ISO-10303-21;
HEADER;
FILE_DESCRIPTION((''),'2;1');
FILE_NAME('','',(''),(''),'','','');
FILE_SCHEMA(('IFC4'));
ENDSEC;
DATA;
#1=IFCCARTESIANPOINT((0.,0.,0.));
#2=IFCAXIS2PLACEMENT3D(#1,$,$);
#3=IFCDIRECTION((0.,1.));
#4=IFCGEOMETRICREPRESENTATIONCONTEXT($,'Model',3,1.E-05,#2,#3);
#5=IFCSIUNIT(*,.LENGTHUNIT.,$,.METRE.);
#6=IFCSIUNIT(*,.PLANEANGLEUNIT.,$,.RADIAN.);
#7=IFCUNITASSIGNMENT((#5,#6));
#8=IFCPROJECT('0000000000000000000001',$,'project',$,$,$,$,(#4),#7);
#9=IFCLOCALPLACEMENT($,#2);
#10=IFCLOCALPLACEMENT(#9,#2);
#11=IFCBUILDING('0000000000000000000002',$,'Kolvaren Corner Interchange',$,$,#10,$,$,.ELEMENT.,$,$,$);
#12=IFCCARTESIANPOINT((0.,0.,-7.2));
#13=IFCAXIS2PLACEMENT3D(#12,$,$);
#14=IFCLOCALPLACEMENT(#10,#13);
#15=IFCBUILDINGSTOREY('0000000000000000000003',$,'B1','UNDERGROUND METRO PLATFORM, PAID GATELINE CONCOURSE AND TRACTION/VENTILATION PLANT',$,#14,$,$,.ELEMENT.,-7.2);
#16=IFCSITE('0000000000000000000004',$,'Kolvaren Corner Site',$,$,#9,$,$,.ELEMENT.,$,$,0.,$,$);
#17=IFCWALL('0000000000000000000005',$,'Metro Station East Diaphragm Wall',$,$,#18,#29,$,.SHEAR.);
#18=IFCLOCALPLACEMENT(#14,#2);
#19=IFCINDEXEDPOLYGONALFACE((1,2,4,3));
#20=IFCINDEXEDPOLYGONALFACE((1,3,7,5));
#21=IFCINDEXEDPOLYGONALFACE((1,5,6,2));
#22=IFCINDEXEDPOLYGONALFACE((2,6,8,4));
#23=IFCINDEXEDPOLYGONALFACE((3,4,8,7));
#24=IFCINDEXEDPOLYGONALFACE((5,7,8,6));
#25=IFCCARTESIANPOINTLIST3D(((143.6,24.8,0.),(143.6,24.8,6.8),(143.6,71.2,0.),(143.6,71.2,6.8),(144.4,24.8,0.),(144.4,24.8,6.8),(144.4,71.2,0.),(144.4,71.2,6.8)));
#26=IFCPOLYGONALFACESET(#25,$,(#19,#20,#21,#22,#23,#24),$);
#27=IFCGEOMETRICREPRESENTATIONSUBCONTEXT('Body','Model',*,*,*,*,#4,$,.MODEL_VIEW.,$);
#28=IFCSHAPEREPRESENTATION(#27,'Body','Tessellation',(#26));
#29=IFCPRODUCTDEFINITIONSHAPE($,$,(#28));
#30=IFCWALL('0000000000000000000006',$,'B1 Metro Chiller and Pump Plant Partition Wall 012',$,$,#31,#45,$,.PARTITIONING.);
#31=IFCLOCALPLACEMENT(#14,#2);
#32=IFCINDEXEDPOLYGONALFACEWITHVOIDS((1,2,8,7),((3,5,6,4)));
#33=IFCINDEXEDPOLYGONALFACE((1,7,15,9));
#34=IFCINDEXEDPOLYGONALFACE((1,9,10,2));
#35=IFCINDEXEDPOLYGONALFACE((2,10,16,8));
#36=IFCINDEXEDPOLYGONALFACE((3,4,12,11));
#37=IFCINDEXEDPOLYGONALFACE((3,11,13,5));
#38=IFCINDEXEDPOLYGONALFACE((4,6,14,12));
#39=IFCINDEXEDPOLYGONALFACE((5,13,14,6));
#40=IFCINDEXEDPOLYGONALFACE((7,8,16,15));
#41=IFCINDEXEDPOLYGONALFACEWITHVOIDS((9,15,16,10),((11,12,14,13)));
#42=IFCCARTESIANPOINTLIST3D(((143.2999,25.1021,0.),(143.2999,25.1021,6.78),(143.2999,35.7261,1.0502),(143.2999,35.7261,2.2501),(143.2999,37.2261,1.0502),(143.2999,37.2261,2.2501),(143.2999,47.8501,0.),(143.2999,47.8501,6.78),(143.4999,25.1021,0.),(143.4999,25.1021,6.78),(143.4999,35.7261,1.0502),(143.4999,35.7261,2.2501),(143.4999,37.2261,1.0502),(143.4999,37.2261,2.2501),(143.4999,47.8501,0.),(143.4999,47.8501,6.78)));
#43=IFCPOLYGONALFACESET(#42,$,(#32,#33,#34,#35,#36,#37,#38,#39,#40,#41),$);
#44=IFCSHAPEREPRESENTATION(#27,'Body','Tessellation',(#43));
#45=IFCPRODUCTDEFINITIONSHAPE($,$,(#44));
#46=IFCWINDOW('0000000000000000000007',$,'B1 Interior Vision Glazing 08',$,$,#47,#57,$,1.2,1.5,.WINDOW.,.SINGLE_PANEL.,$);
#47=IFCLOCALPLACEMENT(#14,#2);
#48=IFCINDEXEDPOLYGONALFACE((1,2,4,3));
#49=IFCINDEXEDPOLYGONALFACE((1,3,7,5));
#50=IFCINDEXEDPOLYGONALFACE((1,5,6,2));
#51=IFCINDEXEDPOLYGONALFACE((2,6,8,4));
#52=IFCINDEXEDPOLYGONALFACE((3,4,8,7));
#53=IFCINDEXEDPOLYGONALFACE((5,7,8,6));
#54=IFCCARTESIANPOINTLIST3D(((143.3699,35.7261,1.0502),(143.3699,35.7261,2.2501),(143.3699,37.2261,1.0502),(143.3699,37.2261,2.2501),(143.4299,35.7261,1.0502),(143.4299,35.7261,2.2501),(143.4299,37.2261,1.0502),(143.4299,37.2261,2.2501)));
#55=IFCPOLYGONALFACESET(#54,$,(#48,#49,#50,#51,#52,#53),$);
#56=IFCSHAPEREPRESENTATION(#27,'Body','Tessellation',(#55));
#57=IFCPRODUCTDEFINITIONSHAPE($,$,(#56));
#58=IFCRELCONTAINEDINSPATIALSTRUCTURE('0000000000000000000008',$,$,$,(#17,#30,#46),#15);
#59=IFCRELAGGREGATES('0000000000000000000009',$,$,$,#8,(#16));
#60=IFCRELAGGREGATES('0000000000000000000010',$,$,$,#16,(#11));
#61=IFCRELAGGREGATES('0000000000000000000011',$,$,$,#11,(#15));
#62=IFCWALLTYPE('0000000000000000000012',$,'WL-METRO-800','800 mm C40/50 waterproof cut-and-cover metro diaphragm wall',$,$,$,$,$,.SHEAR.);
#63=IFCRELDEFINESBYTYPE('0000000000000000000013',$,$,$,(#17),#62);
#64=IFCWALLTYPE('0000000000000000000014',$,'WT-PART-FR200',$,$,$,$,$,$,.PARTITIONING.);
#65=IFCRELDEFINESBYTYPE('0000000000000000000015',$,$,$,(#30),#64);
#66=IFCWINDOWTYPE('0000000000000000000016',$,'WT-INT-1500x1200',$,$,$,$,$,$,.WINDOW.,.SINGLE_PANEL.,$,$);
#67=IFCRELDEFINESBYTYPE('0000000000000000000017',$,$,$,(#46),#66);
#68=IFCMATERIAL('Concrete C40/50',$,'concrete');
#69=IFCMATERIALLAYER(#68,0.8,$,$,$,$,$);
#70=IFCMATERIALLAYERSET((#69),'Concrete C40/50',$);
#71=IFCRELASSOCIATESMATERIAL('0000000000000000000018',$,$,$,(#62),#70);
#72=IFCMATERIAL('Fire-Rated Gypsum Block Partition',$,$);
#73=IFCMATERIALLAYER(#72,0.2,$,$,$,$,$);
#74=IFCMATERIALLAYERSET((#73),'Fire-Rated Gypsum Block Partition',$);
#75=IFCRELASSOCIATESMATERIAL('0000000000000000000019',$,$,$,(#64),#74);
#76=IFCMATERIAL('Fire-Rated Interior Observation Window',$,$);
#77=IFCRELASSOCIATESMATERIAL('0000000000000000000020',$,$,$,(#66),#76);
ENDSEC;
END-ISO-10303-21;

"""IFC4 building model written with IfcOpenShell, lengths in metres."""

from ifc_helpers import new_model, si_unit, direction, frame, frame_2d, origin, place, context, subcontext, project, spatial, rectangle, extrude, material, layer, layer_set, type_object, element, fill, save


model = new_model("IFC4")

# Units and contexts
model_context = context("Model", 3, precision=1e-05, world=origin(), true_north=direction((0.0, 1.0)))
body_context = subcontext(model_context, "Body", "Model", "MODEL_VIEW")
ifc_project = project(units=[si_unit("LENGTHUNIT", "METRE"), si_unit("PLANEANGLEUNIT", "RADIAN")], contexts=[model_context])

# Site, building, storey
site_placement = place(None, origin())
site = spatial("IfcSite", under=ifc_project, at=site_placement, Name="Kolvaren Corner Site", CompositionType="ELEMENT", RefElevation=0.0)
building_placement = place(site_placement, origin())
building = spatial("IfcBuilding", under=site, at=building_placement, Name="Kolvaren Corner Interchange", CompositionType="ELEMENT")
storey_placement = place(building_placement, frame((0.0, 0.0, -7.2)))
storey = spatial("IfcBuildingStorey", under=building, at=storey_placement, Name="B1", Description="UNDERGROUND METRO PLATFORM, PAID GATELINE CONCOURSE AND TRACTION/VENTILATION PLANT", CompositionType="ELEMENT", Elevation=-7.2)

# Wall
ifc_material_1 = material(Name="Concrete C40/50", Category="concrete")
ifc_layer_1 = layer(ifc_material_1, 0.8)
ifc_layer_set_1 = layer_set([ifc_layer_1], Name="Concrete C40/50")
wall_type_1 = type_object("IfcWallType", Name="WL-METRO-800", Description="800 mm C40/50 waterproof cut-and-cover metro diaphragm wall", PredefinedType="SHEAR", material=ifc_layer_set_1)
wall_1_placement = place(storey_placement, frame((144.0, 24.8, 0.0), z_axis=(0.0, 0.0, 1.0), x_axis=(0.0, 1.0, 0.0)))
element("IfcWall", 1, at=wall_1_placement, inside=storey, type_object=wall_type_1, Name="Metro Station East Diaphragm Wall", PredefinedType="SHEAR", context=body_context, shape_type="SweptSolid", body=[
    extrude(rectangle(XDim=46.3999, YDim=0.8, at=frame_2d((23.2, 0.0))), origin(), (0.0, 0.0, 1.0), 6.8),
])

# Wall, opening, window
ifc_material_2 = material(Name="Fire-Rated Gypsum Block Partition")
ifc_layer_2 = layer(ifc_material_2, 0.2)
ifc_layer_set_2 = layer_set([ifc_layer_2], Name="Fire-Rated Gypsum Block Partition")
wall_type_2 = type_object("IfcWallType", Name="WT-PART-FR200", PredefinedType="PARTITIONING", material=ifc_layer_set_2)
wall_2_placement = place(storey_placement, frame((143.3999, 25.1021, 0.0), z_axis=(0.0, 0.0, 1.0), x_axis=(0.0, 1.0, 0.0)))
wall_2 = element("IfcWall", 2, at=wall_2_placement, inside=storey, type_object=wall_type_2, Name="B1 Metro Chiller and Pump Plant Partition Wall 012", PredefinedType="PARTITIONING", context=body_context, shape_type="SweptSolid", body=[
    extrude(rectangle(XDim=22.748, YDim=0.2, at=frame_2d((11.374, 0.0))), origin(), (0.0, 0.0, 1.0), 6.78),
])
opening_placement = place(wall_2_placement, frame((10.624, 0.0, 1.05)))
opening = element("IfcOpeningElement", 3, at=opening_placement, cuts=wall_2, PredefinedType="OPENING", context=body_context, shape_type="SweptSolid", body=[
    extrude(rectangle(XDim=1.5, YDim=1.2, at=frame_2d((0.75, 0.6001))), frame((0.0, 0.1099, 0.0), z_axis=(0.0, -1.0, 0.0), x_axis=(1.0, 0.0, 0.0)), (0.0, 0.0, 1.0), 0.22),
])
ifc_material_3 = material(Name="Fire-Rated Interior Observation Window")
window_type = type_object("IfcWindowType", Name="WT-INT-1500x1200", PartitioningType="SINGLE_PANEL", PredefinedType="WINDOW", material=ifc_material_3)
window_placement = place(opening_placement, origin())
window = element("IfcWindow", 4, at=window_placement, inside=storey, type_object=window_type, Name="B1 Interior Vision Glazing 08", OverallHeight=1.2, OverallWidth=1.5, PartitioningType="SINGLE_PANEL", PredefinedType="WINDOW", context=body_context, shape_type="SweptSolid", body=[
    extrude(rectangle(XDim=1.5, YDim=1.2, at=frame_2d((0.75, 0.6001))), frame((0.0, 0.03, 0.0), z_axis=(0.0, -1.0, 0.0), x_axis=(1.0, 0.0, 0.0)), (0.0, 0.0, 1.0), 0.0601),
])
fill(opening, window)

save(model, "model.ifc")
